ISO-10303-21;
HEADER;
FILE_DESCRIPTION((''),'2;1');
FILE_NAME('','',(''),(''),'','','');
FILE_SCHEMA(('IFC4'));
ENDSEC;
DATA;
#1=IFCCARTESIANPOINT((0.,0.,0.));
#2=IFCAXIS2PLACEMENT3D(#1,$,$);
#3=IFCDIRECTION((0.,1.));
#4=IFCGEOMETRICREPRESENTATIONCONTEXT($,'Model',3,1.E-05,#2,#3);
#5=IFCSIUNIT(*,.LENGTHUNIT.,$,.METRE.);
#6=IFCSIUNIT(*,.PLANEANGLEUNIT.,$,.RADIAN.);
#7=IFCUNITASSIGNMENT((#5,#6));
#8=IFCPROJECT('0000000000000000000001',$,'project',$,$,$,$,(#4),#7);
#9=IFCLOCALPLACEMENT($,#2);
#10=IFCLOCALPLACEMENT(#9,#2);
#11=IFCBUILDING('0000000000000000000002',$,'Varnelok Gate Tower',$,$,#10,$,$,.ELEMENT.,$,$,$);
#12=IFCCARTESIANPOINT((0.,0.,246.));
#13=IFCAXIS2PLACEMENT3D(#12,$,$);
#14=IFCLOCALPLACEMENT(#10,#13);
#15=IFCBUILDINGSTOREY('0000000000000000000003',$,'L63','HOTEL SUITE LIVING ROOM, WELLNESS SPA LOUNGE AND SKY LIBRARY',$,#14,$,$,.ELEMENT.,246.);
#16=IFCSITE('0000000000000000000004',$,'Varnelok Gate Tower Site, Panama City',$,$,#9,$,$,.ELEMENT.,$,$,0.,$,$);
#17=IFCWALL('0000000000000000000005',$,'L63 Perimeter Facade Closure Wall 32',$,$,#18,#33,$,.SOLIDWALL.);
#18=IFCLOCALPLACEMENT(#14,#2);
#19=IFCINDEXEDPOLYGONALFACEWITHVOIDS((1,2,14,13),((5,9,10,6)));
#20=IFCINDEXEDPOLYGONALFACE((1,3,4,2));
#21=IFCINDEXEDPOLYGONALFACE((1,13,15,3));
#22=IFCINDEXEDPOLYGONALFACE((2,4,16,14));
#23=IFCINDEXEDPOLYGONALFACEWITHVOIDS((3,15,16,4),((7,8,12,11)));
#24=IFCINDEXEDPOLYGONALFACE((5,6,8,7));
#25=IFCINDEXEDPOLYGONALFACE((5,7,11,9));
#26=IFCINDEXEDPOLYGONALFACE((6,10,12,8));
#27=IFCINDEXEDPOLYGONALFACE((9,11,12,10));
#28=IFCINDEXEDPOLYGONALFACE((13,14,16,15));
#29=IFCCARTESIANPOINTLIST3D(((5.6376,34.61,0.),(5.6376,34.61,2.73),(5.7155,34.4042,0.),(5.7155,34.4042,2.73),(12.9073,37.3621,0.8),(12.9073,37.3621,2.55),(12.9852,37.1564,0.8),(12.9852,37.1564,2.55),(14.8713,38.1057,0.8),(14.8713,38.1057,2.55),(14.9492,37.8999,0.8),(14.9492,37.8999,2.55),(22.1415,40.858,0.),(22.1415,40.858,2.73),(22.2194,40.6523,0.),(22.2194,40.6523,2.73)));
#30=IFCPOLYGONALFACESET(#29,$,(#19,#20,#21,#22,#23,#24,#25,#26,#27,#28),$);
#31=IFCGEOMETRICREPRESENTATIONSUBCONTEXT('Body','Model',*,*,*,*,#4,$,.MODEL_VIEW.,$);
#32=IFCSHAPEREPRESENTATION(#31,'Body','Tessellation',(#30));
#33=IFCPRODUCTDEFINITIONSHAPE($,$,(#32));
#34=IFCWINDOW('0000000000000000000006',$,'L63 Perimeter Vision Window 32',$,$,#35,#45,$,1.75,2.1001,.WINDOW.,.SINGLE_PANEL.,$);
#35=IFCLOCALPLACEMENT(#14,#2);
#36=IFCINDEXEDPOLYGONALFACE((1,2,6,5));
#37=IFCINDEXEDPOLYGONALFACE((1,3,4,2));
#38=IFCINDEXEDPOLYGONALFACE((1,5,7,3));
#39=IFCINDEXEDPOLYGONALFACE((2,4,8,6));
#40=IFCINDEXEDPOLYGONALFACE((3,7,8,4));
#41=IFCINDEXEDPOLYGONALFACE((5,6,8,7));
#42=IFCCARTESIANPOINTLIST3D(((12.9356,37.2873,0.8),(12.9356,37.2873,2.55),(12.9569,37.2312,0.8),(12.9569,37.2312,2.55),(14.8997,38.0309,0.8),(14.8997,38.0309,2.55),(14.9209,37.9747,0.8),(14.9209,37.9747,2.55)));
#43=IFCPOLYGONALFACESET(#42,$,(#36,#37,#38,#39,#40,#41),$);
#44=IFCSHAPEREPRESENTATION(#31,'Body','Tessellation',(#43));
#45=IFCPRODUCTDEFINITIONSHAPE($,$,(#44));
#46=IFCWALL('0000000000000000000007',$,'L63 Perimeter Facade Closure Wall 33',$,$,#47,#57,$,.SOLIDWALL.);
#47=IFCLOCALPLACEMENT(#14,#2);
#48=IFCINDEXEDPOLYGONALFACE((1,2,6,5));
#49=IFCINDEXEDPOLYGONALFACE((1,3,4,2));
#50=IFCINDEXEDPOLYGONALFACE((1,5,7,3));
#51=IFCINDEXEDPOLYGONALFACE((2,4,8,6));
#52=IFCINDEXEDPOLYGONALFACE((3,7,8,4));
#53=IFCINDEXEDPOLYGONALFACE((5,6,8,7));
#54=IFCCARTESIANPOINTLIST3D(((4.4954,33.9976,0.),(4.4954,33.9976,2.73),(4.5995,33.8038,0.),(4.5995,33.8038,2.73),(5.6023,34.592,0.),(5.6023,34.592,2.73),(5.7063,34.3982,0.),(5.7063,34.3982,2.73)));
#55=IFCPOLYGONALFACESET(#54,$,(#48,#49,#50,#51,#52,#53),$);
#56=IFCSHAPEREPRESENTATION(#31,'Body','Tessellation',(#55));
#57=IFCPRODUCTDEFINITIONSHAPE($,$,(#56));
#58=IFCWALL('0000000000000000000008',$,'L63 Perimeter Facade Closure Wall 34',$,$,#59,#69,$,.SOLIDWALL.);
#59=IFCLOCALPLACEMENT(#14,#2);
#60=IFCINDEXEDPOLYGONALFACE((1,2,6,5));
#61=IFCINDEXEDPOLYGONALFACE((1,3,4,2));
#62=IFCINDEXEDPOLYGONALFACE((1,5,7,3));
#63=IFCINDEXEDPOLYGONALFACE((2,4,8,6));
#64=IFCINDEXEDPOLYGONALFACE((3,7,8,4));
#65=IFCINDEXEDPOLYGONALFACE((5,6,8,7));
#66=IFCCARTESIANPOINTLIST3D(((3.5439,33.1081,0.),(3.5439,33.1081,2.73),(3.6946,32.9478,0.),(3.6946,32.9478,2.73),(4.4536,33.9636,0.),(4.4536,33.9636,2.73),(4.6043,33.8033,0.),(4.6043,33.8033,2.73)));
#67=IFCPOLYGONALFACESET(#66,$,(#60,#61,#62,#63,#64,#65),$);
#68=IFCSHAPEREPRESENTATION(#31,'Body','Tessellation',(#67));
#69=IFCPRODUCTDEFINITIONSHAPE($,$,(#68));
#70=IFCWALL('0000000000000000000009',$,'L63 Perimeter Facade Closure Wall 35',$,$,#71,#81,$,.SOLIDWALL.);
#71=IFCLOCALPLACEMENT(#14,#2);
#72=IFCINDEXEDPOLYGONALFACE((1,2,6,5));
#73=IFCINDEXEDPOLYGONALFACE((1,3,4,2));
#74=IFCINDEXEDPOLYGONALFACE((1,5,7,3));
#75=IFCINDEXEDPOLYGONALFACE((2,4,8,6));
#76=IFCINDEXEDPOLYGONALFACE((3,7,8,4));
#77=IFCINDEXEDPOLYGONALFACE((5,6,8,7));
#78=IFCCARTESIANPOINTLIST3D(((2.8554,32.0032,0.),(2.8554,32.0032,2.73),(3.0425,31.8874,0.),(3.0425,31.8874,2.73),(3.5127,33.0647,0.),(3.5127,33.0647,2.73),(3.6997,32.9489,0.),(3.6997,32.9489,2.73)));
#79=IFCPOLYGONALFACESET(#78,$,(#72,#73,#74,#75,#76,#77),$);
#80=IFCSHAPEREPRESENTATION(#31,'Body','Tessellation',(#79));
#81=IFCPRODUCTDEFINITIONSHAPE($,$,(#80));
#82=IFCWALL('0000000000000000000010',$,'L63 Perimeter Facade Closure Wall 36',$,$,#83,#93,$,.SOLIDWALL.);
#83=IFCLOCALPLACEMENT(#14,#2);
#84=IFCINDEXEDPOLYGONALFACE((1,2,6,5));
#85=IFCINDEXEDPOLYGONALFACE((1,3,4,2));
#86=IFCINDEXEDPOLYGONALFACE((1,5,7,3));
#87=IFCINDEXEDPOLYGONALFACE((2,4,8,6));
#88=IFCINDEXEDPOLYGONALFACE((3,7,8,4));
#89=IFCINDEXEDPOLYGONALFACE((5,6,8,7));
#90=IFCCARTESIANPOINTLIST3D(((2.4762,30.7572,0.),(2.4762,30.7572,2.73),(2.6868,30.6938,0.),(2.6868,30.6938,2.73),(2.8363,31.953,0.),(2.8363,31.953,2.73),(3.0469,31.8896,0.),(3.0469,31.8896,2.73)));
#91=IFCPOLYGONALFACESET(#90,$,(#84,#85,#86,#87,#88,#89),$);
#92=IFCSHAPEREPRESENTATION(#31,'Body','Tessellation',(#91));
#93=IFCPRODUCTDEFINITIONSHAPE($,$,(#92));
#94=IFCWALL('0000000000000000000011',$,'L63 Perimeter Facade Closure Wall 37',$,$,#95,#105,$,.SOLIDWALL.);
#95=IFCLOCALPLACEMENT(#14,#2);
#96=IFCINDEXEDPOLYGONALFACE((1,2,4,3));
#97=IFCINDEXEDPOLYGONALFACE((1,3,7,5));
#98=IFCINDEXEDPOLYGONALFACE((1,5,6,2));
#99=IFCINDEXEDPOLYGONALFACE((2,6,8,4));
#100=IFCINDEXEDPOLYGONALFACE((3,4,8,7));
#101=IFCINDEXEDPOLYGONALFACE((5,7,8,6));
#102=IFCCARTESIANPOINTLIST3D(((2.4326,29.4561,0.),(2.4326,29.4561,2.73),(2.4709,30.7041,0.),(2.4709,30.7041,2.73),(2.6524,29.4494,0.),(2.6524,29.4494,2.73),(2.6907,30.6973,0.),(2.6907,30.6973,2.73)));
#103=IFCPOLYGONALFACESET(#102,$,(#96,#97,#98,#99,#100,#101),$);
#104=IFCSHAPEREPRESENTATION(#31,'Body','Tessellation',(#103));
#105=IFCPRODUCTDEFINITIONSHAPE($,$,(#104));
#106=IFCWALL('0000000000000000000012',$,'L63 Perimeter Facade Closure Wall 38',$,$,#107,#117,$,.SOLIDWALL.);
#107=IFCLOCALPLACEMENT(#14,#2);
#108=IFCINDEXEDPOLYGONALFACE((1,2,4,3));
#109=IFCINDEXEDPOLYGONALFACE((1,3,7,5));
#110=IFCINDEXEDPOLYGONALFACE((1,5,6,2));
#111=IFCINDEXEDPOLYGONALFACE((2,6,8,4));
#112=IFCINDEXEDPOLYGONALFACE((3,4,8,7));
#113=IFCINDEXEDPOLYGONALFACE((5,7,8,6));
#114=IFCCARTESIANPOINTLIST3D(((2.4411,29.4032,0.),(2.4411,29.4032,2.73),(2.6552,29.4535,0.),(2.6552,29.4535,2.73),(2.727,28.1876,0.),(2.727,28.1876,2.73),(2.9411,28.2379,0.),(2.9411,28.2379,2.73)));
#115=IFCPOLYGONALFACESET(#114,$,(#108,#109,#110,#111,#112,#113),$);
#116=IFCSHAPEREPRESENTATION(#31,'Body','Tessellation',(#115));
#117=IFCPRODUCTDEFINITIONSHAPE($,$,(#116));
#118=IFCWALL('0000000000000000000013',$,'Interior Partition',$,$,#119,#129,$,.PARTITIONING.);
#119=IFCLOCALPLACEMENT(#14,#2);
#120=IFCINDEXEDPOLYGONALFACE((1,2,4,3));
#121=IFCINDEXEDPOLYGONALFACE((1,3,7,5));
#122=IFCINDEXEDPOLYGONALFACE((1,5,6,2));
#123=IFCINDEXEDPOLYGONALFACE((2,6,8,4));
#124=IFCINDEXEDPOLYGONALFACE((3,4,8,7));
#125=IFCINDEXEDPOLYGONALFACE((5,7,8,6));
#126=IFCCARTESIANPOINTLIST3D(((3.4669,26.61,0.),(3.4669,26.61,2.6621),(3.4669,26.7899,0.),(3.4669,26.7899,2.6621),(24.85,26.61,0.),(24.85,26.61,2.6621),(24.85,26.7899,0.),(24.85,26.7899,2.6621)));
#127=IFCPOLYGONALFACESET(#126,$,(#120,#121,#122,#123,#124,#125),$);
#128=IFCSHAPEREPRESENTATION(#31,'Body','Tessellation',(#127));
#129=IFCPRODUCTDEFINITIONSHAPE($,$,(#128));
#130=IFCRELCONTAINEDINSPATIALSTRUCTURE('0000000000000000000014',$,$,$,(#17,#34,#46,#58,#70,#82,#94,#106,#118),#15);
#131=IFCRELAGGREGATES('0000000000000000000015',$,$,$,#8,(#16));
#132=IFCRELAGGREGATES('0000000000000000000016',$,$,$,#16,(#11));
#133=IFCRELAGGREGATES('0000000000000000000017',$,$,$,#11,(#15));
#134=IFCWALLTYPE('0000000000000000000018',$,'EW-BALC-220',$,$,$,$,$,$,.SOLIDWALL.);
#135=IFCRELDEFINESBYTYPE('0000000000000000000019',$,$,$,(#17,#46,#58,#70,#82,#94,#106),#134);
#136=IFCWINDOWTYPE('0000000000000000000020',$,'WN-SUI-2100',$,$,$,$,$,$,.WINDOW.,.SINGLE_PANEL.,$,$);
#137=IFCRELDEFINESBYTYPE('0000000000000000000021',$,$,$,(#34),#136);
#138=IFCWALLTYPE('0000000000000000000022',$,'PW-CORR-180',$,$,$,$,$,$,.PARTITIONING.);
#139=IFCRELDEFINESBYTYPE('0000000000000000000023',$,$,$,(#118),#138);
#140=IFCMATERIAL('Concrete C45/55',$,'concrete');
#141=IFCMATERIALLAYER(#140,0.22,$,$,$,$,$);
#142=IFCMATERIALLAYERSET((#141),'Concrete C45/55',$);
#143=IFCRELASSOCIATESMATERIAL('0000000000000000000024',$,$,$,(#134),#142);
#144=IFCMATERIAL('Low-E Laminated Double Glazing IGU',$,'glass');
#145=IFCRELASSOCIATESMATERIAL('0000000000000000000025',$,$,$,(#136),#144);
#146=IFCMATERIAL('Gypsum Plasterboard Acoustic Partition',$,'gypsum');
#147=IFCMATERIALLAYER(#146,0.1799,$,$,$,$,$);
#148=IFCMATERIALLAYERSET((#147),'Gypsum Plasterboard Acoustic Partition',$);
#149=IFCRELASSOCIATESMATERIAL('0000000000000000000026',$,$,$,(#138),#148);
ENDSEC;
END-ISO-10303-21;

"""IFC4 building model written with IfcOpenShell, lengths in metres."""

from ifc_helpers import new_model, si_unit, direction, frame, frame_2d, origin, place, context, subcontext, project, spatial, rectangle, extrude, material, layer, layer_set, type_object, element, fill, save


model = new_model("IFC4")

# Units and contexts
model_context = context("Model", 3, precision=1e-05, world=origin(), true_north=direction((0.0, 1.0)))
body_context = subcontext(model_context, "Body", "Model", "MODEL_VIEW")
ifc_project = project(units=[si_unit("LENGTHUNIT", "METRE"), si_unit("PLANEANGLEUNIT", "RADIAN")], contexts=[model_context])

# Site, building, storey
site_placement = place(None, origin())
site = spatial("IfcSite", under=ifc_project, at=site_placement, Name="Varnelok Gate Tower Site, Panama City", CompositionType="ELEMENT", RefElevation=0.0)
building_placement = place(site_placement, origin())
building = spatial("IfcBuilding", under=site, at=building_placement, Name="Varnelok Gate Tower", CompositionType="ELEMENT")
storey_placement = place(building_placement, frame((0.0, 0.0, 246.0)))
storey = spatial("IfcBuildingStorey", under=building, at=storey_placement, Name="L63", Description="HOTEL SUITE LIVING ROOM, WELLNESS SPA LOUNGE AND SKY LIBRARY", CompositionType="ELEMENT", Elevation=246.0)

# Shared definitions
ifc_material_1 = material(Name="Low-E Laminated Double Glazing IGU", Category="glass")

# Shared definitions
ifc_material_2 = material(Name="Concrete C45/55", Category="concrete")
ifc_layer_1 = layer(ifc_material_2, 0.22)
ifc_layer_set_1 = layer_set([ifc_layer_1], Name="Concrete C45/55")
wall_type_1 = type_object("IfcWallType", Name="EW-BALC-220", PredefinedType="SOLIDWALL", material=ifc_layer_set_1)

# Wall, opening, window
wall_1_placement = place(storey_placement, frame((22.1804, 40.7551, 0.0), z_axis=(0.0, 0.0, 1.0), x_axis=(-0.935224, -0.354057, 0.0)))
wall_1 = element("IfcWall", 1, at=wall_1_placement, inside=storey, type_object=wall_type_1, Name="L63 Perimeter Facade Closure Wall 32", PredefinedType="SOLIDWALL", context=body_context, shape_type="SweptSolid", body=[
    extrude(rectangle(XDim=17.647, YDim=0.22, at=frame_2d((8.8235, 0.0))), origin(), (0.0, 0.0, 1.0), 2.73),
])
opening_placement = place(wall_1_placement, frame((7.7737, 0.0, 0.8)))
opening = element("IfcOpeningElement", 2, at=opening_placement, cuts=wall_1, PredefinedType="OPENING", context=body_context, shape_type="SweptSolid", body=[
    extrude(rectangle(XDim=2.1001, YDim=1.75, at=frame_2d((1.05, 0.875))), frame((0.0, 0.1199, 0.0), z_axis=(0.0, -1.0, 0.0), x_axis=(1.0, 0.0, 0.0)), (0.0, 0.0, 1.0), 0.24),
])
window_type = type_object("IfcWindowType", Name="WN-SUI-2100", PartitioningType="SINGLE_PANEL", PredefinedType="WINDOW", material=ifc_material_1)
window_placement = place(opening_placement, origin())
window = element("IfcWindow", 3, at=window_placement, inside=storey, type_object=window_type, Name="L63 Perimeter Vision Window 32", OverallHeight=1.75, OverallWidth=2.1001, PartitioningType="SINGLE_PANEL", PredefinedType="WINDOW", context=body_context, shape_type="SweptSolid", body=[
    extrude(rectangle(XDim=2.1001, YDim=1.75, at=frame_2d((1.05, 0.875))), frame((0.0, 0.03, 0.0), z_axis=(0.0, -1.0, 0.0), x_axis=(1.0, 0.0, 0.0)), (0.0, 0.0, 1.0), 0.0601),
])
fill(opening, window)

# Walls
wall_2_placement = place(storey_placement, frame((5.6543, 34.4951, 0.0), z_axis=(0.0, 0.0, 1.0), x_axis=(-0.880988, -0.473138, 0.0)))
element("IfcWall", 4, at=wall_2_placement, inside=storey, type_object=wall_type_1, Name="L63 Perimeter Facade Closure Wall 33", PredefinedType="SOLIDWALL", context=body_context, shape_type="SweptSolid", body=[
    extrude(rectangle(XDim=1.2563, YDim=0.22, at=frame_2d((0.6282, 0.0))), origin(), (0.0, 0.0, 1.0), 2.73),
])
wall_3_placement = place(storey_placement, frame((4.5291, 33.8835, 0.0), z_axis=(0.0, 0.0, 1.0), x_axis=(-0.728475, -0.685072, 0.0)))
element("IfcWall", 5, at=wall_3_placement, inside=storey, type_object=wall_type_1, Name="L63 Perimeter Facade Closure Wall 34", PredefinedType="SOLIDWALL", context=body_context, shape_type="SweptSolid", body=[
    extrude(rectangle(XDim=1.2488, YDim=0.22, at=frame_2d((0.6245, 0.0))), origin(), (0.0, 0.0, 1.0), 2.73),
])
wall_4_placement = place(storey_placement, frame((3.6062, 33.0068, 0.0), z_axis=(0.0, 0.0, 1.0), x_axis=(-0.526408, -0.850232, 0.0)))
element("IfcWall", 6, at=wall_4_placement, inside=storey, type_object=wall_type_1, Name="L63 Perimeter Facade Closure Wall 35", PredefinedType="SOLIDWALL", context=body_context, shape_type="SweptSolid", body=[
    extrude(rectangle(XDim=1.2485, YDim=0.22, at=frame_2d((0.6243, 0.0))), origin(), (0.0, 0.0, 1.0), 2.73),
])
wall_5_placement = place(storey_placement, frame((2.9417, 31.9214, 0.0), z_axis=(0.0, 0.0, 1.0), x_axis=(-0.288352, -0.957524, 0.0)))
element("IfcWall", 7, at=wall_5_placement, inside=storey, type_object=wall_type_1, Name="L63 Perimeter Facade Closure Wall 36", PredefinedType="SOLIDWALL", context=body_context, shape_type="SweptSolid", body=[
    extrude(rectangle(XDim=1.2488, YDim=0.22, at=frame_2d((0.6245, 0.0))), origin(), (0.0, 0.0, 1.0), 2.73),
])
wall_6_placement = place(storey_placement, frame((2.5808, 30.7007, 0.0), z_axis=(0.0, 0.0, 1.0), x_axis=(-0.030698, -0.999529, 0.0)))
element("IfcWall", 8, at=wall_6_placement, inside=storey, type_object=wall_type_1, Name="L63 Perimeter Facade Closure Wall 37", PredefinedType="SOLIDWALL", context=body_context, shape_type="SweptSolid", body=[
    extrude(rectangle(XDim=1.2485, YDim=0.22, at=frame_2d((0.6243, 0.0))), origin(), (0.0, 0.0, 1.0), 2.73),
])
wall_7_placement = place(storey_placement, frame((2.5481, 29.4285, 0.0), z_axis=(0.0, 0.0, 1.0), x_axis=(0.228941, -0.97344, 0.0)))
element("IfcWall", 9, at=wall_7_placement, inside=storey, type_object=wall_type_1, Name="L63 Perimeter Facade Closure Wall 38", PredefinedType="SOLIDWALL", context=body_context, shape_type="SweptSolid", body=[
    extrude(rectangle(XDim=1.2488, YDim=0.22, at=frame_2d((0.6245, 0.0))), origin(), (0.0, 0.0, 1.0), 2.73),
])
ifc_material_3 = material(Name="Gypsum Plasterboard Acoustic Partition", Category="gypsum")
ifc_layer_2 = layer(ifc_material_3, 0.1799)
ifc_layer_set_2 = layer_set([ifc_layer_2], Name="Gypsum Plasterboard Acoustic Partition")
wall_type_2 = type_object("IfcWallType", Name="PW-CORR-180", PredefinedType="PARTITIONING", material=ifc_layer_set_2)
wall_8_placement = place(storey_placement, frame((3.467, 26.7, 0.0), z_axis=(0.0, 0.0, 1.0), x_axis=(1.0, 0.0, 0.0)))
element("IfcWall", 10, at=wall_8_placement, inside=storey, type_object=wall_type_2, Name="Interior Partition", PredefinedType="PARTITIONING", context=body_context, shape_type="SweptSolid", body=[
    extrude(rectangle(XDim=21.3831, YDim=0.1799, at=frame_2d((10.6914, 0.0))), origin(), (0.0, 0.0, 1.0), 2.6621),
])

save(model, "model.ifc")
